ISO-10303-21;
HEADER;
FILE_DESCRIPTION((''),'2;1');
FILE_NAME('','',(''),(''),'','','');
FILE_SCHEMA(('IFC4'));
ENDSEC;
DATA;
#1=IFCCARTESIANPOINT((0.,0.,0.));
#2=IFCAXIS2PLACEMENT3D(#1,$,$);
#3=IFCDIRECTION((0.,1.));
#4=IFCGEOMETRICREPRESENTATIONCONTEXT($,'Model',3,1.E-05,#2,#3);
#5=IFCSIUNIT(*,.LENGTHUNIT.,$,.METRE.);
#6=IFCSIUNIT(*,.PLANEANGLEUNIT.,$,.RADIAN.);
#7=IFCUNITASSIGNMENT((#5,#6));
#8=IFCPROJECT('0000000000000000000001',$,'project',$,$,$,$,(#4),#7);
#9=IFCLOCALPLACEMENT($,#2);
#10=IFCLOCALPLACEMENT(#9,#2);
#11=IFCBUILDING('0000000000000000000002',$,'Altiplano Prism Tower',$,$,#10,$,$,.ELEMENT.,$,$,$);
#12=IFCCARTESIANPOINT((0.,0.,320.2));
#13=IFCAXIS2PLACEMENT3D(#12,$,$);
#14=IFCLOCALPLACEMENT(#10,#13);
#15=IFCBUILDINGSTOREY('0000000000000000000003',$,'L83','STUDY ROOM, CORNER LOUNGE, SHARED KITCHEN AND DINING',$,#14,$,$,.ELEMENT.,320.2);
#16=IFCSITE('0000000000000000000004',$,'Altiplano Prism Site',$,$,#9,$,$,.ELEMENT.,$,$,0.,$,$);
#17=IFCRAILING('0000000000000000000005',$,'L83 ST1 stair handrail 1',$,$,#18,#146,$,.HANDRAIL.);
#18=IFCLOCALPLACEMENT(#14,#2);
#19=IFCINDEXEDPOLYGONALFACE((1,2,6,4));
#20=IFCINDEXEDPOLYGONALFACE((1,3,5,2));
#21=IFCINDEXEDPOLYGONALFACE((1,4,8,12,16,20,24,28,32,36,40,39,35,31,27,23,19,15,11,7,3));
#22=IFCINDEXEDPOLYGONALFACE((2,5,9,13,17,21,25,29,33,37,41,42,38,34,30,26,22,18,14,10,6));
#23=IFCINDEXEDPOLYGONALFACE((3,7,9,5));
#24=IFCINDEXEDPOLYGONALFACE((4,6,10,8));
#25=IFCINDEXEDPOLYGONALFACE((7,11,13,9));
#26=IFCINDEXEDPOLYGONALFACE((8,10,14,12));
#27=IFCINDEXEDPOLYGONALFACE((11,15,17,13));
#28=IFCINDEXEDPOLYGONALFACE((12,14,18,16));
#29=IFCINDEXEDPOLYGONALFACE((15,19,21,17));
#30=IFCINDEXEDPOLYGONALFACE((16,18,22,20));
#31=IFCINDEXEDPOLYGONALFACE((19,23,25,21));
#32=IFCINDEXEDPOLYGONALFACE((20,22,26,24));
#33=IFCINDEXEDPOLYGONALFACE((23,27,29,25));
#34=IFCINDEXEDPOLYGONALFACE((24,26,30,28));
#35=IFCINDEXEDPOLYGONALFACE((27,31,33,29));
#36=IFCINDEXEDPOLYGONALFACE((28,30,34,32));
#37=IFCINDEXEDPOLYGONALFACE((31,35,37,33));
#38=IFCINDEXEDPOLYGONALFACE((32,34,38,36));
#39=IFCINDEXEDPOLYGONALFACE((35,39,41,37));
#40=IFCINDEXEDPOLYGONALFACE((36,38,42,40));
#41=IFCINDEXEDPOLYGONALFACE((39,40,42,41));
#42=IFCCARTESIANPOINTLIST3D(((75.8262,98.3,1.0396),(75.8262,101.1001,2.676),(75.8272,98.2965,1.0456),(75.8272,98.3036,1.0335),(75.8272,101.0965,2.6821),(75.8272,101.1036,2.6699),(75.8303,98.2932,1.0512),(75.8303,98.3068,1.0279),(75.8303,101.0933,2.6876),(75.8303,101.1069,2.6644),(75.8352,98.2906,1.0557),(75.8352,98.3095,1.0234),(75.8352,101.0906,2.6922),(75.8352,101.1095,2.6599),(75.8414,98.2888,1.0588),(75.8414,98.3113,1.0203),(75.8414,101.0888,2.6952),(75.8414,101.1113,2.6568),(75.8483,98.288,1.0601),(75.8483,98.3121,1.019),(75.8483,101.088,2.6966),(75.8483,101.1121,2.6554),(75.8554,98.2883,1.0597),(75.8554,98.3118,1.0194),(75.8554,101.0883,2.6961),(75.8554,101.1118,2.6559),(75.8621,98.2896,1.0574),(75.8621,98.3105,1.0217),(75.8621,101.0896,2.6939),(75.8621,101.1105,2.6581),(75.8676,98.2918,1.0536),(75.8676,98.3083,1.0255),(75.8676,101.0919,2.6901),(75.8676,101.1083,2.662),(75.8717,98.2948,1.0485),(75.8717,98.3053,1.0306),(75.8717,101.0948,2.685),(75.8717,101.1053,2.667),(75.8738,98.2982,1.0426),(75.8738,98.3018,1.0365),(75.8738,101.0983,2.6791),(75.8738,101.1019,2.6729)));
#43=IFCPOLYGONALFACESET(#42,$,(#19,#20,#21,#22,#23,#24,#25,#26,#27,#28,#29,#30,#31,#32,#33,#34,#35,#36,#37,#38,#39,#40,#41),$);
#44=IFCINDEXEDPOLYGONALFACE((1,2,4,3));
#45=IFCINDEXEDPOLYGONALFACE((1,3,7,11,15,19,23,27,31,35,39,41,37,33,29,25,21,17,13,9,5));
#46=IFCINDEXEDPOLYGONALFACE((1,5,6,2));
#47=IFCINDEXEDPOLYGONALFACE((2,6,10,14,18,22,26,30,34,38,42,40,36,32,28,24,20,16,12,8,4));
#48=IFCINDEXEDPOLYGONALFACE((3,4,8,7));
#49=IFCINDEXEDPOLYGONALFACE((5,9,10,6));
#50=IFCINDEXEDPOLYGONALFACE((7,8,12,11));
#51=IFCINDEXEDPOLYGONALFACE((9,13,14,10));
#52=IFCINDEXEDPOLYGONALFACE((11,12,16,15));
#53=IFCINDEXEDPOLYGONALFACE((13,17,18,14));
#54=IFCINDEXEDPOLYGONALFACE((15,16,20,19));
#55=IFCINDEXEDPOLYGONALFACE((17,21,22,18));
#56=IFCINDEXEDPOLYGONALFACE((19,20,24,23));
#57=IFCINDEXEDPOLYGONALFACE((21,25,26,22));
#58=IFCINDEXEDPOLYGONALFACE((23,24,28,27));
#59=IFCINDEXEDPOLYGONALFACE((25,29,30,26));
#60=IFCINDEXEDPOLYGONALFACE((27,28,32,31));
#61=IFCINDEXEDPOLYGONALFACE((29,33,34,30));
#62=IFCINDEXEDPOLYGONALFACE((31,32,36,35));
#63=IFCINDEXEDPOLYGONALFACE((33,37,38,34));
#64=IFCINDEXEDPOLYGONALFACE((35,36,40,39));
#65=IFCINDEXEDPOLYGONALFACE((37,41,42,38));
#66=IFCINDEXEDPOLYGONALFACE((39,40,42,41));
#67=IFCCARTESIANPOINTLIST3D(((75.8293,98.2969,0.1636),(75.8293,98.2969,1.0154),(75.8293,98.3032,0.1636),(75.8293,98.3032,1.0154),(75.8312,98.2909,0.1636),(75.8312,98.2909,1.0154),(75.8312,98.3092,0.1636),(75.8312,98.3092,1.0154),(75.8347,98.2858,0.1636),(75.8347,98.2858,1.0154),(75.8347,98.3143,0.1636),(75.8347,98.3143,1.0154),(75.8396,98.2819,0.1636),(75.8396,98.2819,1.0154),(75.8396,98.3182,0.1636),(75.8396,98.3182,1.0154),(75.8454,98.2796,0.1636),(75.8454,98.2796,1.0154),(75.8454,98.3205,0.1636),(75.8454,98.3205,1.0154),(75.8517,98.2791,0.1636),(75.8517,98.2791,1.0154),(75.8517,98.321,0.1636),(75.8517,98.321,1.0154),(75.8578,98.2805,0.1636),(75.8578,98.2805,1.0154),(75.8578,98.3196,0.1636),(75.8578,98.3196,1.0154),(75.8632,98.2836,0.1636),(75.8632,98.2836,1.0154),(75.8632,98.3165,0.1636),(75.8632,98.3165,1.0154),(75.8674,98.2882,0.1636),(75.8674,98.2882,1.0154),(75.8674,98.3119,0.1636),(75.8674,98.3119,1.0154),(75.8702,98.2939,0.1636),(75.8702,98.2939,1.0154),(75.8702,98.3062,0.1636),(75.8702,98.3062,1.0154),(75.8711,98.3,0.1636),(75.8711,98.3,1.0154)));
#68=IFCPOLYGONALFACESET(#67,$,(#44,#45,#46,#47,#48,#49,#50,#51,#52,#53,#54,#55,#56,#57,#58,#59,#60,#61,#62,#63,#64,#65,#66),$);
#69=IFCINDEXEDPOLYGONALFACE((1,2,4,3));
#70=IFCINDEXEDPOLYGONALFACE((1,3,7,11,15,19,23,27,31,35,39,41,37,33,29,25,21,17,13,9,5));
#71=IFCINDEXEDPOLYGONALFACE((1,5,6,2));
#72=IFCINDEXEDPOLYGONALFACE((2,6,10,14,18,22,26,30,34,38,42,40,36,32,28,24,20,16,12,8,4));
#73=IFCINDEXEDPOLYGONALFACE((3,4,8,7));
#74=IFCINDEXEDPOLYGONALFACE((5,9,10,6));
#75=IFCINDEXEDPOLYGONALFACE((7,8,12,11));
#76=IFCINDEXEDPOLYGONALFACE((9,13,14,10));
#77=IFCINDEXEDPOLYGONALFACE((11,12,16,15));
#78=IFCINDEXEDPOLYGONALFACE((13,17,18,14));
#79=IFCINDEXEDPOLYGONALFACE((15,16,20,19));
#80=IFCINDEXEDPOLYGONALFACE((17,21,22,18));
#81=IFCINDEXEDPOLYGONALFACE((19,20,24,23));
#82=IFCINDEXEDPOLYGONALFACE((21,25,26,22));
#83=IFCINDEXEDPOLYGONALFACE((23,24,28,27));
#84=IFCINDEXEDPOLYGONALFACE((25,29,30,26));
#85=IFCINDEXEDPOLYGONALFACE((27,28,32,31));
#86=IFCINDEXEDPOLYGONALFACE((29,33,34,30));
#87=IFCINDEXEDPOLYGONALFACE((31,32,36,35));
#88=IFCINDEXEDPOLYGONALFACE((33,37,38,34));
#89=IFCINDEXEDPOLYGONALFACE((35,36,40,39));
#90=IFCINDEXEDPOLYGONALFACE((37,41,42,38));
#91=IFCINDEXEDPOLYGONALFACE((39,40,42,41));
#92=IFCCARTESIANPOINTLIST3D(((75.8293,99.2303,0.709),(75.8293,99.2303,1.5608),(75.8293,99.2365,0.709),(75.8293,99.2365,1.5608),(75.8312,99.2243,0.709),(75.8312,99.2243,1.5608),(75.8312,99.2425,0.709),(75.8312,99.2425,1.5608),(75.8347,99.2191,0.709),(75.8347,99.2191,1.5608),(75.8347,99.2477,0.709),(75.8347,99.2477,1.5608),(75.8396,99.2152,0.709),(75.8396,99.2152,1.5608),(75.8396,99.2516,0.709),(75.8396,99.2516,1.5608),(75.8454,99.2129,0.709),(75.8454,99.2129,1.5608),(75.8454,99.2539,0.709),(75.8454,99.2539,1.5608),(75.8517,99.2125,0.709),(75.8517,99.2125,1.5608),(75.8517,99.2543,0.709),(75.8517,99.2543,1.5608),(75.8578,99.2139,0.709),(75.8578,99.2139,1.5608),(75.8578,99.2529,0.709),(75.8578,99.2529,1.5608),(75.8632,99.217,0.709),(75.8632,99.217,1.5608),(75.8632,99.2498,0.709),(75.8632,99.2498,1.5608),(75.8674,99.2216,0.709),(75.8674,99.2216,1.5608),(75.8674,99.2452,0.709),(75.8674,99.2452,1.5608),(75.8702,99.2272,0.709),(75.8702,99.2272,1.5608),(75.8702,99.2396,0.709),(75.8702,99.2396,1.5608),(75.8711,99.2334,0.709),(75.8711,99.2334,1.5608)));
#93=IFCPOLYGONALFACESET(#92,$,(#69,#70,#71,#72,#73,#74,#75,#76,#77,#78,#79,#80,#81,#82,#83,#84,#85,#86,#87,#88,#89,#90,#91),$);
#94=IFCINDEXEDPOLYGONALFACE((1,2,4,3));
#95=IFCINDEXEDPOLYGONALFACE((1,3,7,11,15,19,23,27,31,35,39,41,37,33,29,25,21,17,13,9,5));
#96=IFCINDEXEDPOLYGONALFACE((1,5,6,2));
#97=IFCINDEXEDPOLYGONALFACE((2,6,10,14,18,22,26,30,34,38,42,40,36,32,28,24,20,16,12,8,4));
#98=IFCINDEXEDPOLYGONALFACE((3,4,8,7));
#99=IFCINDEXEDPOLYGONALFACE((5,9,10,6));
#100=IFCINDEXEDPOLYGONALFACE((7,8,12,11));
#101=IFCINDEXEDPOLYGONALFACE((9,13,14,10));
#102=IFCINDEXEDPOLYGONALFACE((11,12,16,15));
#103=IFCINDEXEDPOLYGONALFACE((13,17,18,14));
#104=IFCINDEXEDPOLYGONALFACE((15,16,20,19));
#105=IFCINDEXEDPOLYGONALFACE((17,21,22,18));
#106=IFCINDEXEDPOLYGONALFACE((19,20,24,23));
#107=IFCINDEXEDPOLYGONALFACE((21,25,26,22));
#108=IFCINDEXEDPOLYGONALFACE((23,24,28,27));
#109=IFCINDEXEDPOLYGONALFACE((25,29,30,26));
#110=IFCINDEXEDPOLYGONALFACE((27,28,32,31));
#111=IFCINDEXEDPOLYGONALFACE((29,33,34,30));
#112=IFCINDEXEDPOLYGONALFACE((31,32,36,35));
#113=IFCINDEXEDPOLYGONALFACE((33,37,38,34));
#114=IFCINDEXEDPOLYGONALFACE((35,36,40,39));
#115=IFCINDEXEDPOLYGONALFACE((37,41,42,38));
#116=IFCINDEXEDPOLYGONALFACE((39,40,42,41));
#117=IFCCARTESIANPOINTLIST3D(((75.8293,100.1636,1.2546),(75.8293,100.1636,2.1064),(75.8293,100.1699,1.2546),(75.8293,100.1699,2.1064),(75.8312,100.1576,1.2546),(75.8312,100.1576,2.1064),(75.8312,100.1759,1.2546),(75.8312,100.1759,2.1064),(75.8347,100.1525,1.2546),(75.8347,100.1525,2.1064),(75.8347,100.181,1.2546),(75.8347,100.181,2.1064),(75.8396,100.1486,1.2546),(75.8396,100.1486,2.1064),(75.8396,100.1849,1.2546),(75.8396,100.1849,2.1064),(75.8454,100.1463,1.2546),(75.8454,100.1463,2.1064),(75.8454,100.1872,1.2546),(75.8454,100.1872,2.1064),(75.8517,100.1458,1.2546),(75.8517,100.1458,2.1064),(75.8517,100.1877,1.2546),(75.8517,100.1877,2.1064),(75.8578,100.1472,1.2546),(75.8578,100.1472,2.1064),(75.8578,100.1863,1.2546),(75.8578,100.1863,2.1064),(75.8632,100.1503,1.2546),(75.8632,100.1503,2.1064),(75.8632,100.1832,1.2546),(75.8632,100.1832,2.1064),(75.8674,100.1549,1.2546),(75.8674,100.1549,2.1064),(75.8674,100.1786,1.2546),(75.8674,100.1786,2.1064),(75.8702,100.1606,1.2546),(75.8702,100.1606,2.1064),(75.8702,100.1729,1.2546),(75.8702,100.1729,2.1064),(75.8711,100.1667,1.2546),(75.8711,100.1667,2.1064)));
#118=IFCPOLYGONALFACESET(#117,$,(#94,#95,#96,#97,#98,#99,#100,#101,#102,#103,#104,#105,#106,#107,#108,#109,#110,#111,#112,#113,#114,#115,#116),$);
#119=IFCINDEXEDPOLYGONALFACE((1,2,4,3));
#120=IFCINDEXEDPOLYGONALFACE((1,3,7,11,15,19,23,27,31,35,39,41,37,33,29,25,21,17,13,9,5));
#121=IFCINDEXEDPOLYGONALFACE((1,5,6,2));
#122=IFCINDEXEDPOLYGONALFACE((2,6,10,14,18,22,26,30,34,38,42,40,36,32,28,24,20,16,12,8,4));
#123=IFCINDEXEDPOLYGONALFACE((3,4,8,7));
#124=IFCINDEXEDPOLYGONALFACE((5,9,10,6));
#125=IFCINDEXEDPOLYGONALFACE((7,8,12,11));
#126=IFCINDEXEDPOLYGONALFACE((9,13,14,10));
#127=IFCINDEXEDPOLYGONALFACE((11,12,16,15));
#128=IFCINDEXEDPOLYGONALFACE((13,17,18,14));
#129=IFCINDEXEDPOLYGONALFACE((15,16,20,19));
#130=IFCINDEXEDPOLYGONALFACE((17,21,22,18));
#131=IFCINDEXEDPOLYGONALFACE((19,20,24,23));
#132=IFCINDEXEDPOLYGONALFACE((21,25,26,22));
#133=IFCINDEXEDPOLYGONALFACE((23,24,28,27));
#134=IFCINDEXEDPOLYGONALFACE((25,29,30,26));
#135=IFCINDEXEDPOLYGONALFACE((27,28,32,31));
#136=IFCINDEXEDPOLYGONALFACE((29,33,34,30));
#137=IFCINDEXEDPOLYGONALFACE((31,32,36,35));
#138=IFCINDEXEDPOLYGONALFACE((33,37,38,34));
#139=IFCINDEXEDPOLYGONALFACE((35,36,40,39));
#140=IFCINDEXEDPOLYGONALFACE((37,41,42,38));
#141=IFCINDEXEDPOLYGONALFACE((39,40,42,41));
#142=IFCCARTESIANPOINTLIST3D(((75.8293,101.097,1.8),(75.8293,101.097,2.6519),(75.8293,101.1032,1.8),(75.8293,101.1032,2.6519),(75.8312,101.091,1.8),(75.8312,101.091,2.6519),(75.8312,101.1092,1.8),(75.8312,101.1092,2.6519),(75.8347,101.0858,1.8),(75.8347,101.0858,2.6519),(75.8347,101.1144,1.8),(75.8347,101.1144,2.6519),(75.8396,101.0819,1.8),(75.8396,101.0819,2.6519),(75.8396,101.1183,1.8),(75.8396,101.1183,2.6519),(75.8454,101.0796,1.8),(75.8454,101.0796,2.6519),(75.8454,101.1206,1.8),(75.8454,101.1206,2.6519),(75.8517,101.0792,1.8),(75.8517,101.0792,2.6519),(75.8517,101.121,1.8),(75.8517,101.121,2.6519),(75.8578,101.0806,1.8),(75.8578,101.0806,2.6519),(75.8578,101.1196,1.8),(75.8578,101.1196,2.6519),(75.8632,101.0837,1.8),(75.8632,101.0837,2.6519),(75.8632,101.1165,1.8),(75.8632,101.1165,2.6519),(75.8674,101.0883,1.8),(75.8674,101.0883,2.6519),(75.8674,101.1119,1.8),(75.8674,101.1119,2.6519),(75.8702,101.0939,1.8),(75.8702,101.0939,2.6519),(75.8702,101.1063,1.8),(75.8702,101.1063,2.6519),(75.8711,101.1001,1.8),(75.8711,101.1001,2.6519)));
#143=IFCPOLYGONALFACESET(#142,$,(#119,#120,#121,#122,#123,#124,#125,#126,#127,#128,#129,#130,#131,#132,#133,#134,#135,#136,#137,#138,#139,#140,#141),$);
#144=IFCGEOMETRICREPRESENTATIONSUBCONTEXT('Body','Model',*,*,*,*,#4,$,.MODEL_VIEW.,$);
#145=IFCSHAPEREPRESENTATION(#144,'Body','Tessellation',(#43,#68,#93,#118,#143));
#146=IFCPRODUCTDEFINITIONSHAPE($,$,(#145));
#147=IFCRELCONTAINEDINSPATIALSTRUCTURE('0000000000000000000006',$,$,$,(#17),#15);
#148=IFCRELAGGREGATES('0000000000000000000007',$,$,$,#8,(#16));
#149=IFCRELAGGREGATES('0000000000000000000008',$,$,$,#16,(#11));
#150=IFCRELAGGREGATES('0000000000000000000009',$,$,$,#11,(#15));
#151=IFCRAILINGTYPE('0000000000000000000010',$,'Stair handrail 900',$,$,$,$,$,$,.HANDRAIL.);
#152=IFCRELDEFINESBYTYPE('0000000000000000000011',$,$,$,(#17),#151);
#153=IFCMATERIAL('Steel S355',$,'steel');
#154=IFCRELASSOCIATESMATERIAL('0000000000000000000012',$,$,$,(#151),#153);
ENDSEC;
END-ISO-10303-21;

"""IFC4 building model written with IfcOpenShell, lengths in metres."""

from ifc_helpers import new_model, si_unit, direction, frame, origin, origin_2d, place, context, subcontext, project, spatial, circle, extrude, material, type_object, element, save


model = new_model("IFC4")

# Units and contexts
model_context = context("Model", 3, precision=1e-05, world=origin(), true_north=direction((0.0, 1.0)))
body_context = subcontext(model_context, "Body", "Model", "MODEL_VIEW")
ifc_project = project(units=[si_unit("LENGTHUNIT", "METRE"), si_unit("PLANEANGLEUNIT", "RADIAN")], contexts=[model_context])

# Site, building, storey
site_placement = place(None, origin())
site = spatial("IfcSite", under=ifc_project, at=site_placement, Name="Altiplano Prism Site", CompositionType="ELEMENT", RefElevation=0.0)
building_placement = place(site_placement, origin())
building = spatial("IfcBuilding", under=site, at=building_placement, Name="Altiplano Prism Tower", CompositionType="ELEMENT")
storey_placement = place(building_placement, frame((0.0, 0.0, 320.2)))
storey = spatial("IfcBuildingStorey", under=building, at=storey_placement, Name="L83", Description="STUDY ROOM, CORNER LOUNGE, SHARED KITCHEN AND DINING", CompositionType="ELEMENT", Elevation=320.2)

# Railing
ifc_material_1 = material(Name="Steel S355", Category="steel")
railing_type_1 = type_object("IfcRailingType", Name="Stair handrail 900", PredefinedType="HANDRAIL", material=ifc_material_1)
railing_1_placement = place(storey_placement, frame((75.8501, 98.3, 0.1636)))
element("IfcRailing", 1, at=railing_1_placement, inside=storey, type_object=railing_type_1, Name="L83 ST1 stair handrail 1", PredefinedType="HANDRAIL", context=body_context, shape_type="SweptSolid", body=[
    extrude(circle(Radius=0.0239, at=origin_2d()), frame((0.0, 0.0, 0.876), z_axis=(0.0, 0.863361, 0.504587), x_axis=(-1.0, 0.0, 0.0)), (0.0, 0.0, 1.0), 3.2432),
    extrude(circle(Radius=0.021, at=origin_2d()), origin(), (0.0, 0.0, 1.0), 0.8518),
    extrude(circle(Radius=0.021, at=origin_2d()), frame((0.0, 0.9333, 0.5454)), (0.0, 0.0, 1.0), 0.8518),
    extrude(circle(Radius=0.021, at=origin_2d()), frame((0.0, 1.8667, 1.0911)), (0.0, 0.0, 1.0), 0.8518),
    extrude(circle(Radius=0.021, at=origin_2d()), frame((0.0, 2.8, 1.6365)), (0.0, 0.0, 1.0), 0.8518),
])

save(model, "model.ifc")
